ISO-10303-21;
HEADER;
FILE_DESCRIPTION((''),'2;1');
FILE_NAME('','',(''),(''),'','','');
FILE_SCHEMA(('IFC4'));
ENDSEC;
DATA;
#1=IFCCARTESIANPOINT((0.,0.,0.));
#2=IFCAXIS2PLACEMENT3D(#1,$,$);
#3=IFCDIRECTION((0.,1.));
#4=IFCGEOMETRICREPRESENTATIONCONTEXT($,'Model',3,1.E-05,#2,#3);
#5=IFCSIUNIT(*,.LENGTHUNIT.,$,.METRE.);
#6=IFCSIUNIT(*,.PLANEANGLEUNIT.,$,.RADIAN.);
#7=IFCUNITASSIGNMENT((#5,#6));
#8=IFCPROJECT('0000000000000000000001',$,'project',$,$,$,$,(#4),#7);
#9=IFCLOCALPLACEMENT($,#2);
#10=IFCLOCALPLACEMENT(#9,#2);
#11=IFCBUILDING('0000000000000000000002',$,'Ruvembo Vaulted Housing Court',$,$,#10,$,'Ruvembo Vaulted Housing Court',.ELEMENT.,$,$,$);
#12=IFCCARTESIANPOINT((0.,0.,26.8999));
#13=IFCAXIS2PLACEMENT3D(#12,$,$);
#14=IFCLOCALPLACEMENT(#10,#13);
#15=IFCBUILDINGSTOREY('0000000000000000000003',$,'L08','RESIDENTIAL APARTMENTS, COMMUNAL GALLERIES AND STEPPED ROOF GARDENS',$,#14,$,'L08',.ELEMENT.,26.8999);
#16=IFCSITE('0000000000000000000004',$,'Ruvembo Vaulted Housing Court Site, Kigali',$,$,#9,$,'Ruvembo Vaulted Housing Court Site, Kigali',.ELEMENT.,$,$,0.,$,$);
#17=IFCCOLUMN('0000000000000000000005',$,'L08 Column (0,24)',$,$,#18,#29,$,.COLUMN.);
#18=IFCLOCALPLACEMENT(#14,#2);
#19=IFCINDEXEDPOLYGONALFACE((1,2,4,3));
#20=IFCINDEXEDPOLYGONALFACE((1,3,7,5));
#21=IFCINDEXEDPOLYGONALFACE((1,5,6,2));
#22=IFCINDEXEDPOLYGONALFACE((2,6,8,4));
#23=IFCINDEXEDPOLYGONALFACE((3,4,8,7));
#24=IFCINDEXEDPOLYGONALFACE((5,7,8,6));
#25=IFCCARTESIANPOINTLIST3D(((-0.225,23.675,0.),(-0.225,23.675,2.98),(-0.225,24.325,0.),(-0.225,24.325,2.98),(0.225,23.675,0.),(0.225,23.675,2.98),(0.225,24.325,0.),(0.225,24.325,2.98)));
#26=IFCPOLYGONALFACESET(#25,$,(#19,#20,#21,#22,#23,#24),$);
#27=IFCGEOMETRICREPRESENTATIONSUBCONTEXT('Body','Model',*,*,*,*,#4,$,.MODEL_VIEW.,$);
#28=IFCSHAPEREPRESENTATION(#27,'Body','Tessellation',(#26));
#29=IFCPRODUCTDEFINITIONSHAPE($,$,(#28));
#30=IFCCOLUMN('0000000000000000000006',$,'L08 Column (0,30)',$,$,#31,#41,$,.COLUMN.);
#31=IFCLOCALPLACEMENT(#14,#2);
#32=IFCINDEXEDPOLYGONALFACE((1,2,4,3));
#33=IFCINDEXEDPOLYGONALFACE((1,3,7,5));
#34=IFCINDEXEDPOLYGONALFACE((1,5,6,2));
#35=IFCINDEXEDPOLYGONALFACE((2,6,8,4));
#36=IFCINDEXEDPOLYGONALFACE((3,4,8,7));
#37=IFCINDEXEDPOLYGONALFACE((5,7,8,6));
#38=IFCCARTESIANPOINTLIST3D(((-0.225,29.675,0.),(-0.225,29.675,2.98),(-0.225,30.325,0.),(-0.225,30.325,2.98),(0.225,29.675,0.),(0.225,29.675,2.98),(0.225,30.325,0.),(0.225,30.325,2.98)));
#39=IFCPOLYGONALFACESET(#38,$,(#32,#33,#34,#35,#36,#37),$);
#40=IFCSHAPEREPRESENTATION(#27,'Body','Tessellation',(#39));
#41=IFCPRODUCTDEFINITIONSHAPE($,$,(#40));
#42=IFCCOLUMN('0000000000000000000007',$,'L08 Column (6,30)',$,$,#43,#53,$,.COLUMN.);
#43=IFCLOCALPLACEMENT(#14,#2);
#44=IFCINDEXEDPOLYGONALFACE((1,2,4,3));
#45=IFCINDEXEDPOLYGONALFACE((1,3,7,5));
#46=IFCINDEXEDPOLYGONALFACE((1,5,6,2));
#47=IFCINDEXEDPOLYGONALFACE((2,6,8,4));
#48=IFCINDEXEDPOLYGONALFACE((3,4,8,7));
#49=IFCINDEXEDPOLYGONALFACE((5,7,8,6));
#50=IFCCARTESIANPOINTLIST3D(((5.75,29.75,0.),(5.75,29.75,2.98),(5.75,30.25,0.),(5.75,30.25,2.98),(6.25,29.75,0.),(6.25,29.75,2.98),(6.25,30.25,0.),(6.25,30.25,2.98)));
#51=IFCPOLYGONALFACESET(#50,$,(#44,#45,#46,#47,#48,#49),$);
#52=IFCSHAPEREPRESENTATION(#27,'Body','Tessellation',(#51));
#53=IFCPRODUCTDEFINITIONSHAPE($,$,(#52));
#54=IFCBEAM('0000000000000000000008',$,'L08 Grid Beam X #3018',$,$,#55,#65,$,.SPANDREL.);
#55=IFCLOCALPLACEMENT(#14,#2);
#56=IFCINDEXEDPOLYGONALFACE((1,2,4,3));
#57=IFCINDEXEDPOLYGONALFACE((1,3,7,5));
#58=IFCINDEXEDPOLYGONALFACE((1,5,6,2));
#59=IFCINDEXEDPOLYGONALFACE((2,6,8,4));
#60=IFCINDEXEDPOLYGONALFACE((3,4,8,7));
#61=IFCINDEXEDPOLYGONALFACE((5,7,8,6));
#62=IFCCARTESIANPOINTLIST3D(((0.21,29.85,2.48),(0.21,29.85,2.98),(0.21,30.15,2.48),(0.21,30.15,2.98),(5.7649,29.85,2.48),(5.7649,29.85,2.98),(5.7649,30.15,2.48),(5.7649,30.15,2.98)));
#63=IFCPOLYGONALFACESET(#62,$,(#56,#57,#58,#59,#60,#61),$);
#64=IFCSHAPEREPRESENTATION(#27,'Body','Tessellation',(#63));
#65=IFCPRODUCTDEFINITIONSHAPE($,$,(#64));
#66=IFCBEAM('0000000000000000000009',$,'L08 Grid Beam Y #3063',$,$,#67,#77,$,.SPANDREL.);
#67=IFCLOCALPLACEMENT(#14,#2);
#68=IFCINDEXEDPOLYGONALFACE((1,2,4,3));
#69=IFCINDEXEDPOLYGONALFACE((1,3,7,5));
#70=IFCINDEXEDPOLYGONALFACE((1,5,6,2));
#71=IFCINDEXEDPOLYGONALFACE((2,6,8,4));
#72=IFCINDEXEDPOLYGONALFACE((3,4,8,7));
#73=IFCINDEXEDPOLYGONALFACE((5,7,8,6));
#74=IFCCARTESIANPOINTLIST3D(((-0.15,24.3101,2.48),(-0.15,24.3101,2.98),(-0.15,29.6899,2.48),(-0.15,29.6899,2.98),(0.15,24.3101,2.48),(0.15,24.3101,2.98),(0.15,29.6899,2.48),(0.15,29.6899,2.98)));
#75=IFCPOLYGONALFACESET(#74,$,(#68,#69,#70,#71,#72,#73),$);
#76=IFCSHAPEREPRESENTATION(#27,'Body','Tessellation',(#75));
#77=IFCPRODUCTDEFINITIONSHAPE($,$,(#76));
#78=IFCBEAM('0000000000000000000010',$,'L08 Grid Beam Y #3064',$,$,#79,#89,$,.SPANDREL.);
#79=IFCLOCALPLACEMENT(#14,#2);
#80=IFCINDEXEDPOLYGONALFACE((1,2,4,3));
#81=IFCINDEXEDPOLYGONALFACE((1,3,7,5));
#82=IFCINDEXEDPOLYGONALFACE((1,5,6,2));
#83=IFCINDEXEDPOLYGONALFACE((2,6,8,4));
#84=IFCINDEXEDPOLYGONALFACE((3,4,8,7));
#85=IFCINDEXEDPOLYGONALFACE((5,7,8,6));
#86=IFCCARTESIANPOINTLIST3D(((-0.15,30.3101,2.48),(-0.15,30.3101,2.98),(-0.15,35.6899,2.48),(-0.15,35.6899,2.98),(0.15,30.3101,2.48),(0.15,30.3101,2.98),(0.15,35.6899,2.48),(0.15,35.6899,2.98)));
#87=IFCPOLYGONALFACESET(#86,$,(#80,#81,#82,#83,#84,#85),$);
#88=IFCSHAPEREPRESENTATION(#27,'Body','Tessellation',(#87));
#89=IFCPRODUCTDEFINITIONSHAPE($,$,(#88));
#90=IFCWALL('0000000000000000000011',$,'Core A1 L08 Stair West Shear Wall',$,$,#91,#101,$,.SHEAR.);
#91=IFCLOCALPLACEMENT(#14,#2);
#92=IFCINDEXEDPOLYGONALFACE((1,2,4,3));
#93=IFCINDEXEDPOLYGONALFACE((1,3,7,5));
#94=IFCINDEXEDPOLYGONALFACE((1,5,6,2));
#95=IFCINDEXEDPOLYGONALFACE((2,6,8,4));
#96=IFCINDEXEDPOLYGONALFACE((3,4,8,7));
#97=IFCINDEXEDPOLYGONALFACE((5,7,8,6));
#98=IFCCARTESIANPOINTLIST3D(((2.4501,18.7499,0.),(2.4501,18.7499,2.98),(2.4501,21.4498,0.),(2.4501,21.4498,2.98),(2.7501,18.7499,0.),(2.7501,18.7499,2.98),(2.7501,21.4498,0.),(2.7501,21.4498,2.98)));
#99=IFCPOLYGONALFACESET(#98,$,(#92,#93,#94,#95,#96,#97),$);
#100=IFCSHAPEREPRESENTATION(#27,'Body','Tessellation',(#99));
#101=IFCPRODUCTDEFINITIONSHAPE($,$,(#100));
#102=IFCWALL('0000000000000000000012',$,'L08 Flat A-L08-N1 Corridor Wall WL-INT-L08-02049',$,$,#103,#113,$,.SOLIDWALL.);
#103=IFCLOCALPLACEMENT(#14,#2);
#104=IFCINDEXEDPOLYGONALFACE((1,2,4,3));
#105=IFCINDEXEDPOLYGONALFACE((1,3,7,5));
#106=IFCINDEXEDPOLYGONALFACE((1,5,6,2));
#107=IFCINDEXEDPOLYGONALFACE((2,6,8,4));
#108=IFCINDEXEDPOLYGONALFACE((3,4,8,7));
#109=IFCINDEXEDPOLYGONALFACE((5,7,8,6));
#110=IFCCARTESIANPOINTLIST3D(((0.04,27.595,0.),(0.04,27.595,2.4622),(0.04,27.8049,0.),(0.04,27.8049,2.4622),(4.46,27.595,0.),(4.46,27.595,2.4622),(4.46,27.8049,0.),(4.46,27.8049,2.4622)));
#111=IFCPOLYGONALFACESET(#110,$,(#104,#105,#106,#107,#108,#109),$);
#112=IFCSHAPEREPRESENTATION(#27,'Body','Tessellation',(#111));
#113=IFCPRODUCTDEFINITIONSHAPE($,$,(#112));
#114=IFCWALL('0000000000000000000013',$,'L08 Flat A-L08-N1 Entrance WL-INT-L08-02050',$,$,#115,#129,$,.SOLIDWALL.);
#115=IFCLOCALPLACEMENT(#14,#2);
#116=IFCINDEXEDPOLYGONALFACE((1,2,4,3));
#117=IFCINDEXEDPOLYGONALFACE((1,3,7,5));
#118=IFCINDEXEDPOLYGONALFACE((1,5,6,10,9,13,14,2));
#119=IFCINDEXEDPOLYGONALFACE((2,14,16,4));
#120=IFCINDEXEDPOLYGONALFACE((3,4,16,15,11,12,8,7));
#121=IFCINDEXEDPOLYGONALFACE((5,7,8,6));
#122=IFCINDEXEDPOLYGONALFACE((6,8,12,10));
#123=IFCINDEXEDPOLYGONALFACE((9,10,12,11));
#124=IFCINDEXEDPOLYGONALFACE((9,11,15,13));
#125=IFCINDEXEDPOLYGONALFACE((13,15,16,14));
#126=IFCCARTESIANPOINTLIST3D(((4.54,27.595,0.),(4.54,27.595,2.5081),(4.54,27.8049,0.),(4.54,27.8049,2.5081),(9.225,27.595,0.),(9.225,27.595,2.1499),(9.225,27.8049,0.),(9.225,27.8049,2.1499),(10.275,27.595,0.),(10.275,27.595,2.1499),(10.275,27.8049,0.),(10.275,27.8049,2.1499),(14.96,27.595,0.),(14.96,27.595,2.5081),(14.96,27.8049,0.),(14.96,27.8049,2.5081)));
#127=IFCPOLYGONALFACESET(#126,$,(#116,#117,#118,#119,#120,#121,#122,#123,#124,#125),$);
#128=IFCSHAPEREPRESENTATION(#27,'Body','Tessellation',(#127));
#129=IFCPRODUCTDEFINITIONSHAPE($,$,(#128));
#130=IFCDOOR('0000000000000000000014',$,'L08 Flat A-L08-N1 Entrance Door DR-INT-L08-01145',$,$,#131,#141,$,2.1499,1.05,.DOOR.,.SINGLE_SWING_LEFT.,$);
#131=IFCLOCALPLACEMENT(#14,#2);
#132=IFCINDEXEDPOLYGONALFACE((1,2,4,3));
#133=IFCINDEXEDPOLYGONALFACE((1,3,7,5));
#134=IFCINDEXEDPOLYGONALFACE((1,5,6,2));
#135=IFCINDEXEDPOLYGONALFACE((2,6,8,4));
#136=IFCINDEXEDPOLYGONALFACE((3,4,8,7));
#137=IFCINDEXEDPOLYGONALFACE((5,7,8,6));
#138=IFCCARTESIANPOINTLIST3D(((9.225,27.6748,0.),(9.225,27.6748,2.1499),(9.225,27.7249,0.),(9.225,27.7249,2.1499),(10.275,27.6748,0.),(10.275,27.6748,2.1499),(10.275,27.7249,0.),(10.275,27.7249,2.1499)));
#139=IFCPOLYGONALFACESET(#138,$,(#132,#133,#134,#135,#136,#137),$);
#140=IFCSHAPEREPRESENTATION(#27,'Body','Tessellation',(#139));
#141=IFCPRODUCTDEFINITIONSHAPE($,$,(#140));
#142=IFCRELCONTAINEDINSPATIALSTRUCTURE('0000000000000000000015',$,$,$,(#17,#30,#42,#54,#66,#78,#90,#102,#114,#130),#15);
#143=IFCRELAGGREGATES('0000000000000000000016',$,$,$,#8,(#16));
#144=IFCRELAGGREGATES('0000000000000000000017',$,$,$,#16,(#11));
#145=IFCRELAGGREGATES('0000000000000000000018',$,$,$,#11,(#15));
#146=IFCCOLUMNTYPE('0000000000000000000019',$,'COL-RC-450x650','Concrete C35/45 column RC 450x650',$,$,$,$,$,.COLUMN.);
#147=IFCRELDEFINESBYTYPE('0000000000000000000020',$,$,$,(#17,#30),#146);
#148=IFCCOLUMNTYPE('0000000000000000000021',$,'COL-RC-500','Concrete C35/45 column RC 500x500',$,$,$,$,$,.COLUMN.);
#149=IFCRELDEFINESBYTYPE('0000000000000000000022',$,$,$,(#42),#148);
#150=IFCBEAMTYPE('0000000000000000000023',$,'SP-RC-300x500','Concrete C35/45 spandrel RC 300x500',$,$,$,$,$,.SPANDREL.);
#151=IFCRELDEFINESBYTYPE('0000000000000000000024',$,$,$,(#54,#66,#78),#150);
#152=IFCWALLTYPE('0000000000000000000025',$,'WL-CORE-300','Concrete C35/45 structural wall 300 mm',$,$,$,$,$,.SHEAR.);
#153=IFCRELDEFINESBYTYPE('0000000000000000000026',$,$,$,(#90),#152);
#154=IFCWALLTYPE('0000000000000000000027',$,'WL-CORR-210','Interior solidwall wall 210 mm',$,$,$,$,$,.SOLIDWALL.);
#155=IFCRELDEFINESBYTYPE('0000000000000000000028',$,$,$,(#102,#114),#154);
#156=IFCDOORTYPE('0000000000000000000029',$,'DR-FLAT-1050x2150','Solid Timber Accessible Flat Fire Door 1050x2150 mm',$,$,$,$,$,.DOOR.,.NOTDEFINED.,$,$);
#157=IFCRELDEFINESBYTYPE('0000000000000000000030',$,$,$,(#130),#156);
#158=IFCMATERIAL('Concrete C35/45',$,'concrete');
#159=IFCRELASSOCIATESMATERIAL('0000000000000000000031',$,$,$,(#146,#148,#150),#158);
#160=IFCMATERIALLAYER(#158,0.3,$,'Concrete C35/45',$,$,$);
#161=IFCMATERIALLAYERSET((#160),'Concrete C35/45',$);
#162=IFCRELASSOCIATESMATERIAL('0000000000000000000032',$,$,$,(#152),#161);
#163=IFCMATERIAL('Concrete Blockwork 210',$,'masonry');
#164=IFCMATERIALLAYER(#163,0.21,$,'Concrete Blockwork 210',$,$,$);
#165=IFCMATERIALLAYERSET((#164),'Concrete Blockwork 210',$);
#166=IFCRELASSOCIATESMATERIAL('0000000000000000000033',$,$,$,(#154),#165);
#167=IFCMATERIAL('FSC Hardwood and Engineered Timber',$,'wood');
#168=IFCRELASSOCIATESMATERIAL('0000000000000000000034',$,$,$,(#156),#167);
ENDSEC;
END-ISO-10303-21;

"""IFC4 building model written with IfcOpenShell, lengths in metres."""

from ifc_helpers import new_model, si_unit, direction, frame, frame_2d, origin, origin_2d, place, context, subcontext, project, spatial, rectangle, extrude, material, layer, layer_set, material_profile, profile_set, type_object, element, fill, save


model = new_model("IFC4")

# Units and contexts
model_context = context("Model", 3, precision=1e-05, world=origin(), true_north=direction((0.0, 1.0)))
body_context = subcontext(model_context, "Body", "Model", "MODEL_VIEW")
ifc_project = project(units=[si_unit("LENGTHUNIT", "METRE"), si_unit("PLANEANGLEUNIT", "RADIAN")], contexts=[model_context])

# Site, building, storey
site_placement = place(None, origin())
site = spatial("IfcSite", under=ifc_project, at=site_placement, Name="Ruvembo Vaulted Housing Court Site, Kigali", LongName="Ruvembo Vaulted Housing Court Site, Kigali", CompositionType="ELEMENT", RefElevation=0.0)
building_placement = place(site_placement, origin())
building = spatial("IfcBuilding", under=site, at=building_placement, Name="Ruvembo Vaulted Housing Court", LongName="Ruvembo Vaulted Housing Court", CompositionType="ELEMENT")
storey_placement = place(building_placement, frame((0.0, 0.0, 26.8999)))
storey = spatial("IfcBuildingStorey", under=building, at=storey_placement, Name="L08", Description="RESIDENTIAL APARTMENTS, COMMUNAL GALLERIES AND STEPPED ROOF GARDENS", LongName="L08", CompositionType="ELEMENT", Elevation=26.8999)

# Columns
ifc_material_1 = material(Name="Concrete C35/45", Category="concrete")
ifc_material_profile_1 = material_profile(ifc_material_1, rectangle(XDim=0.45, YDim=0.6499, at=origin_2d()), Name="RC 450x650")
ifc_profile_set_1 = profile_set([ifc_material_profile_1], Name="Concrete C35/45")
column_type_1 = type_object("IfcColumnType", Name="COL-RC-450x650", Description="Concrete C35/45 column RC 450x650", PredefinedType="COLUMN", material=ifc_profile_set_1)
for number, where, z_axis, x_axis, name in (
    (1, (0.0, 24.0, 0.0), (0.0, 0.0, 1.0), (1.0, 0.0, 0.0), "L08 Column (0,24)"),
    (2, (0.0, 30.0, 0.0), (0.0, 0.0, 1.0), (1.0, 0.0, 0.0), "L08 Column (0,30)"),
):
    element("IfcColumn", number, at=place(storey_placement, frame(where, z_axis=z_axis, x_axis=x_axis)), inside=storey, type_object=column_type_1, Name=name, PredefinedType="COLUMN", context=body_context, shape_type="SweptSolid", body=[
        extrude(rectangle(XDim=0.45, YDim=0.6499, at=origin_2d()), origin(), (0.0, 0.0, 1.0), 2.98),
    ])
ifc_material_profile_2 = material_profile(ifc_material_1, rectangle(XDim=0.5, YDim=0.5, at=origin_2d()), Name="RC 500x500")
ifc_profile_set_2 = profile_set([ifc_material_profile_2], Name="Concrete C35/45")
column_type_2 = type_object("IfcColumnType", Name="COL-RC-500", Description="Concrete C35/45 column RC 500x500", PredefinedType="COLUMN", material=ifc_profile_set_2)
column_placement = place(storey_placement, frame((6.0, 30.0, 0.0), z_axis=(0.0, 0.0, 1.0), x_axis=(1.0, 0.0, 0.0)))
element("IfcColumn", 3, at=column_placement, inside=storey, type_object=column_type_2, Name="L08 Column (6,30)", PredefinedType="COLUMN", context=body_context, shape_type="SweptSolid", body=[
    extrude(rectangle(XDim=0.5, YDim=0.5, at=origin_2d()), origin(), (0.0, 0.0, 1.0), 2.98),
])

# Beams
ifc_material_profile_3 = material_profile(ifc_material_1, rectangle(XDim=0.3, YDim=0.5, at=origin_2d()), Name="RC 300x500")
ifc_profile_set_3 = profile_set([ifc_material_profile_3], Name="Concrete C35/45")
beam_type = type_object("IfcBeamType", Name="SP-RC-300x500", Description="Concrete C35/45 spandrel RC 300x500", PredefinedType="SPANDREL", material=ifc_profile_set_3)
beam_placement = place(storey_placement, frame((0.21, 30.0, 2.73), z_axis=(1.0, 0.0, 0.0), x_axis=(0.0, 1.0, 0.0)))
element("IfcBeam", 4, at=beam_placement, inside=storey, type_object=beam_type, Name="L08 Grid Beam X #3018", PredefinedType="SPANDREL", context=body_context, shape_type="SweptSolid", body=[
    extrude(rectangle(XDim=0.3, YDim=0.5, at=origin_2d()), origin(), (0.0, 0.0, 1.0), 5.5549),
])
for number, where, z_axis, x_axis, name in (
    (5, (0.0, 24.3101, 2.73), (0.0, 1.0, 0.0), (-1.0, 0.0, 0.0), "L08 Grid Beam Y #3063"),
    (6, (0.0, 30.3101, 2.73), (0.0, 1.0, 0.0), (-1.0, 0.0, 0.0), "L08 Grid Beam Y #3064"),
):
    element("IfcBeam", number, at=place(storey_placement, frame(where, z_axis=z_axis, x_axis=x_axis)), inside=storey, type_object=beam_type, Name=name, PredefinedType="SPANDREL", context=body_context, shape_type="SweptSolid", body=[
        extrude(rectangle(XDim=0.3, YDim=0.5, at=origin_2d()), origin(), (0.0, 0.0, 1.0), 5.3799),
    ])

# Walls
ifc_layer_1 = layer(ifc_material_1, 0.3, Name="Concrete C35/45")
ifc_layer_set_1 = layer_set([ifc_layer_1], Name="Concrete C35/45")
wall_type_1 = type_object("IfcWallType", Name="WL-CORE-300", Description="Concrete C35/45 structural wall 300 mm", PredefinedType="SHEAR", material=ifc_layer_set_1)
wall_1_placement = place(storey_placement, frame((2.6001, 21.45, 0.0), z_axis=(0.0, 0.0, 1.0), x_axis=(0.0, -1.0, 0.0)))
element("IfcWall", 7, at=wall_1_placement, inside=storey, type_object=wall_type_1, Name="Core A1 L08 Stair West Shear Wall", PredefinedType="SHEAR", context=body_context, shape_type="SweptSolid", body=[
    extrude(rectangle(XDim=2.7, YDim=0.3, at=frame_2d((1.3501, 0.0))), origin(), (0.0, 0.0, 1.0), 2.98),
])
ifc_material_2 = material(Name="Concrete Blockwork 210", Category="masonry")
ifc_layer_2 = layer(ifc_material_2, 0.21, Name="Concrete Blockwork 210")
ifc_layer_set_2 = layer_set([ifc_layer_2], Name="Concrete Blockwork 210")
wall_type_2 = type_object("IfcWallType", Name="WL-CORR-210", Description="Interior solidwall wall 210 mm", PredefinedType="SOLIDWALL", material=ifc_layer_set_2)
wall_2_placement = place(storey_placement, frame((0.04, 27.7, 0.0), z_axis=(0.0, 0.0, 1.0), x_axis=(1.0, 0.0, 0.0)))
element("IfcWall", 8, at=wall_2_placement, inside=storey, type_object=wall_type_2, Name="L08 Flat A-L08-N1 Corridor Wall WL-INT-L08-02049", PredefinedType="SOLIDWALL", context=body_context, shape_type="SweptSolid", body=[
    extrude(rectangle(XDim=4.4199, YDim=0.21, at=frame_2d((2.21, 0.0))), origin(), (0.0, 0.0, 1.0), 2.4622),
])

# Wall, opening, door
wall_3_placement = place(storey_placement, frame((4.54, 27.7, 0.0), z_axis=(0.0, 0.0, 1.0), x_axis=(1.0, 0.0, 0.0)))
wall_3 = element("IfcWall", 9, at=wall_3_placement, inside=storey, type_object=wall_type_2, Name="L08 Flat A-L08-N1 Entrance WL-INT-L08-02050", PredefinedType="SOLIDWALL", context=body_context, shape_type="SweptSolid", body=[
    extrude(rectangle(XDim=10.4199, YDim=0.21, at=frame_2d((5.21, 0.0))), origin(), (0.0, 0.0, 1.0), 2.5081),
])
opening_1_placement = place(wall_3_placement, frame((4.6851, 0.0, 0.0)))
opening_1 = element("IfcOpeningElement", 10, at=opening_1_placement, cuts=wall_3, PredefinedType="OPENING", context=body_context, shape_type="SweptSolid", body=[
    extrude(rectangle(XDim=1.05, YDim=2.1499, at=frame_2d((0.5249, 1.075))), frame((0.0, 0.115, 0.0), z_axis=(0.0, -1.0, 0.0), x_axis=(1.0, 0.0, 0.0)), (0.0, 0.0, 1.0), 0.23),
])
ifc_material_3 = material(Name="FSC Hardwood and Engineered Timber", Category="wood")
door_type_1 = type_object("IfcDoorType", Name="DR-FLAT-1050x2150", Description="Solid Timber Accessible Flat Fire Door 1050x2150 mm", OperationType="NOTDEFINED", PredefinedType="DOOR", material=ifc_material_3)
door_1_placement = place(opening_1_placement, origin())
door_1 = element("IfcDoor", 11, at=door_1_placement, inside=storey, type_object=door_type_1, Name="L08 Flat A-L08-N1 Entrance Door DR-INT-L08-01145", OperationType="SINGLE_SWING_LEFT", OverallHeight=2.1499, OverallWidth=1.05, PredefinedType="DOOR", context=body_context, shape_type="SweptSolid", body=[
    extrude(rectangle(XDim=1.05, YDim=2.1499, at=frame_2d((0.5249, 1.075))), frame((0.0, 0.0249, 0.0), z_axis=(0.0, -1.0, 0.0), x_axis=(1.0, 0.0, 0.0)), (0.0, 0.0, 1.0), 0.05),
])
fill(opening_1, door_1)

save(model, "model.ifc")
